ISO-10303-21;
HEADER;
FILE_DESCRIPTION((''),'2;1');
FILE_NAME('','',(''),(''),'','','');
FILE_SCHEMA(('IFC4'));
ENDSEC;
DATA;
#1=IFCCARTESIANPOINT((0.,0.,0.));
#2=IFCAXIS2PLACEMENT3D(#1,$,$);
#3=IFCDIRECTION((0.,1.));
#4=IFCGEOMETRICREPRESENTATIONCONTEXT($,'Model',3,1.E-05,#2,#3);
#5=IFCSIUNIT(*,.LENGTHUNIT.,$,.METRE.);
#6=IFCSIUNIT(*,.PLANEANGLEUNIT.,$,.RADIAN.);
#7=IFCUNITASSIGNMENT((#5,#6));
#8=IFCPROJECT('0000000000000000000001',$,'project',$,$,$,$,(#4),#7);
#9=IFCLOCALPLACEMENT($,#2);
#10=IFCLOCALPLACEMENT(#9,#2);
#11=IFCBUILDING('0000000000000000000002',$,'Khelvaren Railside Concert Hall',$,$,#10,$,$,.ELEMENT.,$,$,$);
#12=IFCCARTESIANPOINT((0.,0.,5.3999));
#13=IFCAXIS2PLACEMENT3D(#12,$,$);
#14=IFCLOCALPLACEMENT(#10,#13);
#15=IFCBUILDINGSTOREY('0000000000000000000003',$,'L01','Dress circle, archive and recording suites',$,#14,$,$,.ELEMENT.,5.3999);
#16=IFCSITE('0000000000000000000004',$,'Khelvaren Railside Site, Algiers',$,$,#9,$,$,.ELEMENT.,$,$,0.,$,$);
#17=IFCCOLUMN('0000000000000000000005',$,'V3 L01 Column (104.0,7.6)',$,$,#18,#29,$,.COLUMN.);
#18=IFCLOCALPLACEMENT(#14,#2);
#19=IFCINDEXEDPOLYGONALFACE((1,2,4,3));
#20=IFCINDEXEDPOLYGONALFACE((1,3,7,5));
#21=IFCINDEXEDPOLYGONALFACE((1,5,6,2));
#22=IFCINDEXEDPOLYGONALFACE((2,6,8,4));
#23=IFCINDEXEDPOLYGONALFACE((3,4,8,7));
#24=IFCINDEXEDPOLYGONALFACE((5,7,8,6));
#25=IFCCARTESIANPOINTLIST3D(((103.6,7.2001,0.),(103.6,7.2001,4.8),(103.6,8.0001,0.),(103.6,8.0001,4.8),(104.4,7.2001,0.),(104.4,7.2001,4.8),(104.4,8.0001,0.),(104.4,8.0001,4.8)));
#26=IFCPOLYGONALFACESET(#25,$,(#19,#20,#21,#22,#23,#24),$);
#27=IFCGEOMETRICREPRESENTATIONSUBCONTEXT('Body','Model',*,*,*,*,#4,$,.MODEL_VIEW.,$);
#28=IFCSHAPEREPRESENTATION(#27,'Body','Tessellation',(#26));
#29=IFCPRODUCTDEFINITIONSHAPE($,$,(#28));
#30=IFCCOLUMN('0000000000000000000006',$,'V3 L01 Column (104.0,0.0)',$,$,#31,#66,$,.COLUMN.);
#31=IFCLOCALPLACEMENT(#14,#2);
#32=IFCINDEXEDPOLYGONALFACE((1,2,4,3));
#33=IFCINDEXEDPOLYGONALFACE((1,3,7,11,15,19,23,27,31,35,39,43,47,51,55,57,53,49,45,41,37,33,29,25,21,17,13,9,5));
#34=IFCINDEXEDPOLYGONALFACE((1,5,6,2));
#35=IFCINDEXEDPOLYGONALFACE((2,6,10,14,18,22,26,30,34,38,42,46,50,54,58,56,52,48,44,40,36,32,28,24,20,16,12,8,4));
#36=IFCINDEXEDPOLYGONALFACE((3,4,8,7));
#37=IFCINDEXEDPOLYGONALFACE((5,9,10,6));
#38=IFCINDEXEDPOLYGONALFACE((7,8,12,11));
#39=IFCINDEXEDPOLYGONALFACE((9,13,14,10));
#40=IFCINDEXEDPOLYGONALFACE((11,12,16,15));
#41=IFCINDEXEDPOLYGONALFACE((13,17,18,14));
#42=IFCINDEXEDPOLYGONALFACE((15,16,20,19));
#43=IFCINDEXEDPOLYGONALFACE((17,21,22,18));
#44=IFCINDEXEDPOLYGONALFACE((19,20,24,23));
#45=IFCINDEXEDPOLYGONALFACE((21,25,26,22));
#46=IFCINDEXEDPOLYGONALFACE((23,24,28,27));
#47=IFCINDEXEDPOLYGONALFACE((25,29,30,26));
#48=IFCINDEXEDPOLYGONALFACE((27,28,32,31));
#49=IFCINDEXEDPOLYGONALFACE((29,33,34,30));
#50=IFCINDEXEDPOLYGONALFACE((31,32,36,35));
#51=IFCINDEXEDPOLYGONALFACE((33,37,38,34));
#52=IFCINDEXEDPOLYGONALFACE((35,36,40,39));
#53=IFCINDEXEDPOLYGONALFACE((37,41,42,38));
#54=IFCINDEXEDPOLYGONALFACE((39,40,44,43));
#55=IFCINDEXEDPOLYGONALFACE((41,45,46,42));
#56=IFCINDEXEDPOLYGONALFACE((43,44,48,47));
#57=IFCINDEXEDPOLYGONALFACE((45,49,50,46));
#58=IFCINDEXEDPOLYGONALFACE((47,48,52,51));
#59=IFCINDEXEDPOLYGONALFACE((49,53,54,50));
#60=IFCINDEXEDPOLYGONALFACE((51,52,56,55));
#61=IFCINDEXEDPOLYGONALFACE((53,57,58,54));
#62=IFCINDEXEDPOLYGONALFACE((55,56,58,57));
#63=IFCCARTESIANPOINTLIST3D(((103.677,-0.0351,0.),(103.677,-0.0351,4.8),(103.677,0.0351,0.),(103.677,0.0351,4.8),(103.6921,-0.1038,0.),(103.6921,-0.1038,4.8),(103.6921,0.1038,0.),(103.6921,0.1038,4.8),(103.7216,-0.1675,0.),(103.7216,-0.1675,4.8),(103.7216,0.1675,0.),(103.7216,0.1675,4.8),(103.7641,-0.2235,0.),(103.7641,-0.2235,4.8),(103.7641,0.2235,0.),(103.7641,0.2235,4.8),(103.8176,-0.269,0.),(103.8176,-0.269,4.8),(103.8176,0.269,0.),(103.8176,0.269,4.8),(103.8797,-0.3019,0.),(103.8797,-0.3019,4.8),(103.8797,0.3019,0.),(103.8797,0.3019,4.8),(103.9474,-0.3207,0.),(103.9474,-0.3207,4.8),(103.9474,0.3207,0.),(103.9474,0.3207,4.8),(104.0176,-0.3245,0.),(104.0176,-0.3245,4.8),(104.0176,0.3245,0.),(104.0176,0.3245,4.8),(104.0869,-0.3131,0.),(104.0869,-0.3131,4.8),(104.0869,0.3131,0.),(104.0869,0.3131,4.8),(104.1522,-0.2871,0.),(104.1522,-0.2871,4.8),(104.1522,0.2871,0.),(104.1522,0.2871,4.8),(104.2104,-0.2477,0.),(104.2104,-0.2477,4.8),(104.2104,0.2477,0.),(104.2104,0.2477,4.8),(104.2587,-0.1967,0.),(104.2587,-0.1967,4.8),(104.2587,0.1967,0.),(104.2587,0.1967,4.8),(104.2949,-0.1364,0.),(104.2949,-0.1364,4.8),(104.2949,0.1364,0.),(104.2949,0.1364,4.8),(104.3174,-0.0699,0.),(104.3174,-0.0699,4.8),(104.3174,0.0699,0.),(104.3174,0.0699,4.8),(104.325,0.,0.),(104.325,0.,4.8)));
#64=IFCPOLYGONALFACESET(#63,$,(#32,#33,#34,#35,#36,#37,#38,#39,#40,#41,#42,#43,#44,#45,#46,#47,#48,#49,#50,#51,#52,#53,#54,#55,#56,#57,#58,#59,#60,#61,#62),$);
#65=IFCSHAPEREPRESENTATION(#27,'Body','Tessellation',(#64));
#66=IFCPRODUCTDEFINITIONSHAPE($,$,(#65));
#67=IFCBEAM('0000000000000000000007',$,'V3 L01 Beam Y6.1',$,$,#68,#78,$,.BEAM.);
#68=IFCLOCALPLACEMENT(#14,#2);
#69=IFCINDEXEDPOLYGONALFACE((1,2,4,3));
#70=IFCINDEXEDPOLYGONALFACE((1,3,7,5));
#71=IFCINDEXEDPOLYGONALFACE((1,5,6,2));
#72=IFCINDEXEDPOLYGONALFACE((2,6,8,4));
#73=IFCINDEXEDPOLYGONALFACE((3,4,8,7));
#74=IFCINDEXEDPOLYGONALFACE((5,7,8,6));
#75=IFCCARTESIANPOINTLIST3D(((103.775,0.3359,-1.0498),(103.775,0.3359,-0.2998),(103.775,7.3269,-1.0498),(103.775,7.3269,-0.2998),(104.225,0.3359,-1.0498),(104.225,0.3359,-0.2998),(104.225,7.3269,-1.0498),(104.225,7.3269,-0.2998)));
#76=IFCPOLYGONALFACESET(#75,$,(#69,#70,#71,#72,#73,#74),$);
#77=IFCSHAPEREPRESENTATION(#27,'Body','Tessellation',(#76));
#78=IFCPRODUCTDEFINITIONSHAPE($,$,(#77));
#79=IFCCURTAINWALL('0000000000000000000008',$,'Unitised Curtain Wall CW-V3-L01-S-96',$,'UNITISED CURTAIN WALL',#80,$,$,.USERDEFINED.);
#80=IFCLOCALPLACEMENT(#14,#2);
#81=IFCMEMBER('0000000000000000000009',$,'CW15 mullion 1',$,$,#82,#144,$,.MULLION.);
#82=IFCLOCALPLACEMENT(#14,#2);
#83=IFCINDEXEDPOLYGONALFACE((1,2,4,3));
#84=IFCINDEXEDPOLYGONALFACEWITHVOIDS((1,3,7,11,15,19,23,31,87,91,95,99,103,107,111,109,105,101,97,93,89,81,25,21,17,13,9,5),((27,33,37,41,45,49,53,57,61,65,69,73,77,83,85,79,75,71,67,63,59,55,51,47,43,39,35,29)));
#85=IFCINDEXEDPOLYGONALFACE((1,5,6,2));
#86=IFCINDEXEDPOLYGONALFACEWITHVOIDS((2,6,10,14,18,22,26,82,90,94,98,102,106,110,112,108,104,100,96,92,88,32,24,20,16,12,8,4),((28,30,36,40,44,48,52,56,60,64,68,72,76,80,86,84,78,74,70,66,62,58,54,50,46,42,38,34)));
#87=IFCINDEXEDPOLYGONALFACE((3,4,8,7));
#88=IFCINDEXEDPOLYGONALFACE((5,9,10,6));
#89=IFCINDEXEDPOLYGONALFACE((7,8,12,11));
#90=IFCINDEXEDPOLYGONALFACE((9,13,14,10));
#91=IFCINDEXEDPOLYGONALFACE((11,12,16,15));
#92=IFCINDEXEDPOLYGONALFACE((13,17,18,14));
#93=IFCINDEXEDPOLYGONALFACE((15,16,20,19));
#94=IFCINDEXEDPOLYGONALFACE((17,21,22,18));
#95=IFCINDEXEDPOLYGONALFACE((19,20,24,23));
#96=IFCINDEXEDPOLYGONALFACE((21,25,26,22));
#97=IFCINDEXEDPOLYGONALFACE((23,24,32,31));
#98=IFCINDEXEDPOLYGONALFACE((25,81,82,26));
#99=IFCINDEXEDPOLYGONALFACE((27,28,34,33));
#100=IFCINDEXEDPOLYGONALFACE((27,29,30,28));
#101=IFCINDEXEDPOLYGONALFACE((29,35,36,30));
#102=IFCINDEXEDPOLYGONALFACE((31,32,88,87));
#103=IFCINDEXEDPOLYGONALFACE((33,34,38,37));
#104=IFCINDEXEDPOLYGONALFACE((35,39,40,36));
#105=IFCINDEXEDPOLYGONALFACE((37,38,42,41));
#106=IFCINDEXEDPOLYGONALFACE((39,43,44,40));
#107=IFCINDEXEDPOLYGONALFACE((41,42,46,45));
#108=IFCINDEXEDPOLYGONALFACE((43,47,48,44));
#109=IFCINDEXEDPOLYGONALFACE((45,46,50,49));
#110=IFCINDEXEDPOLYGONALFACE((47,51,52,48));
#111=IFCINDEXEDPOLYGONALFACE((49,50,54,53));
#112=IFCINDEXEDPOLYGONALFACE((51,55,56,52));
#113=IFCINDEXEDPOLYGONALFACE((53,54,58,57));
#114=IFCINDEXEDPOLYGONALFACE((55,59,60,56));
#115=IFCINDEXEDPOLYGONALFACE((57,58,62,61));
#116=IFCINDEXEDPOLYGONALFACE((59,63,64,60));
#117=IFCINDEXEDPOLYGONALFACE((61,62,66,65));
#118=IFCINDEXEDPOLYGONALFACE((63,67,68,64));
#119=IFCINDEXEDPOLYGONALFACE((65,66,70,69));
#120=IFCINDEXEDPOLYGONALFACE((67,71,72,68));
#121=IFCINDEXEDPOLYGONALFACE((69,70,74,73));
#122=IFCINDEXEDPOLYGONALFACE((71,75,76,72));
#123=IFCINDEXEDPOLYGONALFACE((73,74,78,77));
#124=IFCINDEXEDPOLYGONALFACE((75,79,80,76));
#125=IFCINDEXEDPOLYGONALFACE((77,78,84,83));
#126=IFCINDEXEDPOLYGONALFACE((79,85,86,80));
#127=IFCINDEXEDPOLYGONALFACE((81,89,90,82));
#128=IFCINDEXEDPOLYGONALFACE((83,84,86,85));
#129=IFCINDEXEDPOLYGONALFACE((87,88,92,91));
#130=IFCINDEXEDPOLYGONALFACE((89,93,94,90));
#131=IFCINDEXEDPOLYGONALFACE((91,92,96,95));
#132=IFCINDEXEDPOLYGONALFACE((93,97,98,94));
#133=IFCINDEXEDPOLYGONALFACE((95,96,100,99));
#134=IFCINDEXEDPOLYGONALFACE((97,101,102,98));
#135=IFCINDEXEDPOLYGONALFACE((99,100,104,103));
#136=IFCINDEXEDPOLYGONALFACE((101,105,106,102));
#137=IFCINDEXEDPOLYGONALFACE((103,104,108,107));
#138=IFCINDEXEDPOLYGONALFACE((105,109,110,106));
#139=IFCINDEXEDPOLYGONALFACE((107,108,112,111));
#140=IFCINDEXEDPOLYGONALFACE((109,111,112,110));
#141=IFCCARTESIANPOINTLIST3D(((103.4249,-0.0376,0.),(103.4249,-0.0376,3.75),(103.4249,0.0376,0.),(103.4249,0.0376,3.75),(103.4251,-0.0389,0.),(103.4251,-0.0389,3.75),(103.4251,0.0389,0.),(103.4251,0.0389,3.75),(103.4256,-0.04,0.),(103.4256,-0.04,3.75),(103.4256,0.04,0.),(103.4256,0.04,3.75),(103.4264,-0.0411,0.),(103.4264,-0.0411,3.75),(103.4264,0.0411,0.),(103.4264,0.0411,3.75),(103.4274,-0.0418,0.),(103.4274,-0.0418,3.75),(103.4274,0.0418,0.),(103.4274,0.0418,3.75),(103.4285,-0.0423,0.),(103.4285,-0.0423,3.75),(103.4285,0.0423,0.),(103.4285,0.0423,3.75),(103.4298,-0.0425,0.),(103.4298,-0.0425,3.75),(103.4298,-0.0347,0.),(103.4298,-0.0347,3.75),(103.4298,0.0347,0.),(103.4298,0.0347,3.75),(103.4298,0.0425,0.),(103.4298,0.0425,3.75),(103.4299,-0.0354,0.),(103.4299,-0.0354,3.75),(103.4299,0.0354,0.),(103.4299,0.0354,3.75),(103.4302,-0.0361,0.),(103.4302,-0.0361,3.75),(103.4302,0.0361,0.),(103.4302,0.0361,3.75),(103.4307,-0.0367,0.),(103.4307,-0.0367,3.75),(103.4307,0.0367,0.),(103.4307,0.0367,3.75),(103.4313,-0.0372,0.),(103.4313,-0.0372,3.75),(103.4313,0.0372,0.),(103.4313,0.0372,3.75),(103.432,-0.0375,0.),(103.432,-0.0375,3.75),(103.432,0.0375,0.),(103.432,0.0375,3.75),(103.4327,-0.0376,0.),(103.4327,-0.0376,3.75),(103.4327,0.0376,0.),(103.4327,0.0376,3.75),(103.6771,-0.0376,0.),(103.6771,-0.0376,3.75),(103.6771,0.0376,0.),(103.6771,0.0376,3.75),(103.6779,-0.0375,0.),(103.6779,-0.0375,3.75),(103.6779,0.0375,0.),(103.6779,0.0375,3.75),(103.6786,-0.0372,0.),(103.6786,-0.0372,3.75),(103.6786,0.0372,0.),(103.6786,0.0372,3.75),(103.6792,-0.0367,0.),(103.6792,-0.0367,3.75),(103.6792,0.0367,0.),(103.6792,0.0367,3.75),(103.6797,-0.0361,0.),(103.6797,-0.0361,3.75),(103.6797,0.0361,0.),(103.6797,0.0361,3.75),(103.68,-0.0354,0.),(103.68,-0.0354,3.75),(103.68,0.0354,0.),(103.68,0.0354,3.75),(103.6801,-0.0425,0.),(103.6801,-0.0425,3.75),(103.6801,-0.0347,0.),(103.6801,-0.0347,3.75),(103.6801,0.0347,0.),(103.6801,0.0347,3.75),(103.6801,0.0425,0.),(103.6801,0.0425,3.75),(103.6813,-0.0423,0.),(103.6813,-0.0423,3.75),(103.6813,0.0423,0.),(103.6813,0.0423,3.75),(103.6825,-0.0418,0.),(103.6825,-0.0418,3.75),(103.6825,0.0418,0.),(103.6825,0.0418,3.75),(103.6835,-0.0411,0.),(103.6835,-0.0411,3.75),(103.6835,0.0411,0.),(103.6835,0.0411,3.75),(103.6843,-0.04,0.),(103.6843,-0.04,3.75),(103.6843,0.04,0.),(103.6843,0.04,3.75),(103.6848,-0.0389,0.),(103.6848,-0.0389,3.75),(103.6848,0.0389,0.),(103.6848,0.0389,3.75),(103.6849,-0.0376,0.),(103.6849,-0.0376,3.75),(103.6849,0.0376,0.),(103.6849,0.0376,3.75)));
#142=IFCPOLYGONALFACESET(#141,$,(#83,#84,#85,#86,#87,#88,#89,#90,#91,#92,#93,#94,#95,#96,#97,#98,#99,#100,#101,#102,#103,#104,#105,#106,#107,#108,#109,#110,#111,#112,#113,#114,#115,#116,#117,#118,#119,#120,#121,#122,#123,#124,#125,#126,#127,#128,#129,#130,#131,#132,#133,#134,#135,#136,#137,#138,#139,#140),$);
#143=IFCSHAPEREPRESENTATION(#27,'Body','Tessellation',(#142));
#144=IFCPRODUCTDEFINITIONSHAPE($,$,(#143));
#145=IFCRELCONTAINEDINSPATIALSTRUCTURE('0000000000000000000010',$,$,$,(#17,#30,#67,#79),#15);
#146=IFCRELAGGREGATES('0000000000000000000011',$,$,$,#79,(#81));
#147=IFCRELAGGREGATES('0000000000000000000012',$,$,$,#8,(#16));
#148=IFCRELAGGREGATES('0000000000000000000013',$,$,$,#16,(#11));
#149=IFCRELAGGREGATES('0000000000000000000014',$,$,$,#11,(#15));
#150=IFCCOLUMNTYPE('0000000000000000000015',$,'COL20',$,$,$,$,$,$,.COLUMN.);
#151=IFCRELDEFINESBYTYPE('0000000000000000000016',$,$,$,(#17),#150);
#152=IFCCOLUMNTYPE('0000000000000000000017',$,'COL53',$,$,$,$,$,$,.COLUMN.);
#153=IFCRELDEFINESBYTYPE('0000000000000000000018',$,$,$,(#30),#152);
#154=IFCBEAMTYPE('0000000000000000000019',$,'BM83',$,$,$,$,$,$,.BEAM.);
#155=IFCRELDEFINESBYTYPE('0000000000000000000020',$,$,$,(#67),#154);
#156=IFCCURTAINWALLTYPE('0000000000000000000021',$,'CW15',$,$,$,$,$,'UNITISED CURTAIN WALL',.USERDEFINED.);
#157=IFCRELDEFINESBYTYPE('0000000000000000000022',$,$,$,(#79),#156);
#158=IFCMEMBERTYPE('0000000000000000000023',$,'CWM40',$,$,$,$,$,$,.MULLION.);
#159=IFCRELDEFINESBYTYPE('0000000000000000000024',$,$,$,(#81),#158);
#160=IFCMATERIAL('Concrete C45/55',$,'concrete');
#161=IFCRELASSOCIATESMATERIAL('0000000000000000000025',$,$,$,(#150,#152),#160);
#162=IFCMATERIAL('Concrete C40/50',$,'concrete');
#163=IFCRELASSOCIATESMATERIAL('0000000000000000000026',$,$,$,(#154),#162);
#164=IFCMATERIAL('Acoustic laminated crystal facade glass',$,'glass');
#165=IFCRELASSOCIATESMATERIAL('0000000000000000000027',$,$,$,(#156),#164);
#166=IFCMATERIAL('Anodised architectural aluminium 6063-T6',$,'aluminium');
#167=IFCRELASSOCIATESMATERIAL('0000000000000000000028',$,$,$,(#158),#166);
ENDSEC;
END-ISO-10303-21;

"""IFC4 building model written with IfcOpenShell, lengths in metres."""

from ifc_helpers import new_model, si_unit, direction, frame, origin, origin_2d, place, context, subcontext, project, spatial, rectangle, hollow_rectangle, circle, extrude, material, material_profile, profile_set, type_object, element, aggregate, save


model = new_model("IFC4")

# Units and contexts
model_context = context("Model", 3, precision=1e-05, world=origin(), true_north=direction((0.0, 1.0)))
body_context = subcontext(model_context, "Body", "Model", "MODEL_VIEW")
ifc_project = project(units=[si_unit("LENGTHUNIT", "METRE"), si_unit("PLANEANGLEUNIT", "RADIAN")], contexts=[model_context])

# Site, building, storey
site_placement = place(None, origin())
site = spatial("IfcSite", under=ifc_project, at=site_placement, Name="Khelvaren Railside Site, Algiers", CompositionType="ELEMENT", RefElevation=0.0)
building_placement = place(site_placement, origin())
building = spatial("IfcBuilding", under=site, at=building_placement, Name="Khelvaren Railside Concert Hall", CompositionType="ELEMENT")
storey_placement = place(building_placement, frame((0.0, 0.0, 5.3999)))
storey = spatial("IfcBuildingStorey", under=building, at=storey_placement, Name="L01", Description="Dress circle, archive and recording suites", CompositionType="ELEMENT", Elevation=5.3999)

# Columns
ifc_material_1 = material(Name="Concrete C45/55", Category="concrete")
ifc_material_profile_1 = material_profile(ifc_material_1, rectangle(XDim=0.8, YDim=0.8, at=origin_2d()), Name="RC 800x800")
ifc_profile_set_1 = profile_set([ifc_material_profile_1], Name="Concrete C45/55")
column_type_1 = type_object("IfcColumnType", Name="COL20", PredefinedType="COLUMN", material=ifc_profile_set_1)
column_1_placement = place(storey_placement, frame((104.0, 7.6001, 0.0), z_axis=(0.0, 0.0, 1.0), x_axis=(1.0, 0.0, 0.0)))
element("IfcColumn", 1, at=column_1_placement, inside=storey, type_object=column_type_1, Name="V3 L01 Column (104.0,7.6)", PredefinedType="COLUMN", context=body_context, shape_type="SweptSolid", body=[
    extrude(rectangle(XDim=0.8, YDim=0.8, at=origin_2d()), origin(), (0.0, 0.0, 1.0), 4.8),
])
ifc_material_profile_2 = material_profile(ifc_material_1, circle(Radius=0.325, at=origin_2d()), Name="RC D650")
ifc_profile_set_2 = profile_set([ifc_material_profile_2], Name="Concrete C45/55")
column_type_2 = type_object("IfcColumnType", Name="COL53", PredefinedType="COLUMN", material=ifc_profile_set_2)
column_2_placement = place(storey_placement, frame((104.0, 0.0, 0.0), z_axis=(0.0, 0.0, 1.0), x_axis=(1.0, 0.0, 0.0)))
element("IfcColumn", 2, at=column_2_placement, inside=storey, type_object=column_type_2, Name="V3 L01 Column (104.0,0.0)", PredefinedType="COLUMN", context=body_context, shape_type="SweptSolid", body=[
    extrude(circle(Radius=0.325, at=origin_2d()), origin(), (0.0, 0.0, 1.0), 4.8),
])

# Beam
ifc_material_2 = material(Name="Concrete C40/50", Category="concrete")
ifc_material_profile_3 = material_profile(ifc_material_2, rectangle(XDim=0.45, YDim=0.75, at=origin_2d()), Name="RCB 450x750")
ifc_profile_set_3 = profile_set([ifc_material_profile_3], Name="Concrete C40/50")
beam_type_1 = type_object("IfcBeamType", Name="BM83", PredefinedType="BEAM", material=ifc_profile_set_3)
beam_1_placement = place(storey_placement, frame((104.0, 0.3359, -0.6748), z_axis=(0.0, 1.0, 0.0), x_axis=(-1.0, 0.0, 0.0)))
element("IfcBeam", 3, at=beam_1_placement, inside=storey, type_object=beam_type_1, Name="V3 L01 Beam Y6.1", PredefinedType="BEAM", context=body_context, shape_type="SweptSolid", body=[
    extrude(rectangle(XDim=0.45, YDim=0.75, at=origin_2d()), origin(), (0.0, 0.0, 1.0), 6.991),
])

# Curtain wall, member
ifc_material_3 = material(Name="Acoustic laminated crystal facade glass", Category="glass")
curtain_wall_type_1 = type_object("IfcCurtainWallType", Name="CW15", ElementType="UNITISED CURTAIN WALL", PredefinedType="USERDEFINED", material=ifc_material_3)
curtain_wall_1_placement = place(storey_placement, origin())
curtain_wall_1 = element("IfcCurtainWall", 4, at=curtain_wall_1_placement, inside=storey, type_object=curtain_wall_type_1, Name="Unitised Curtain Wall CW-V3-L01-S-96", ObjectType="UNITISED CURTAIN WALL", PredefinedType="USERDEFINED")
ifc_material_4 = material(Name="Anodised architectural aluminium 6063-T6", Category="aluminium")
ifc_material_profile_4 = material_profile(ifc_material_4, hollow_rectangle(XDim=0.085, YDim=0.26, WallThickness=0.0049, InnerFilletRadius=0.0029, OuterFilletRadius=0.0049, at=origin_2d()), Name="CWM 85x260x5")
ifc_profile_set_4 = profile_set([ifc_material_profile_4], Name="Anodised architectural aluminium 6063-T6")
member_type_1 = type_object("IfcMemberType", Name="CWM40", PredefinedType="MULLION", material=ifc_profile_set_4)
member_1_placement = place(storey_placement, frame((103.5549, 0.0, 0.0), z_axis=(0.0, 0.0, 1.0), x_axis=(0.0, -1.0, 0.0)))
member_1 = element("IfcMember", 5, at=member_1_placement, type_object=member_type_1, Name="CW15 mullion 1", PredefinedType="MULLION", context=body_context, shape_type="SweptSolid", body=[
    extrude(hollow_rectangle(XDim=0.085, YDim=0.26, WallThickness=0.0049, InnerFilletRadius=0.0029, OuterFilletRadius=0.0049, at=origin_2d()), origin(), (0.0, 0.0, 1.0), 3.75),
])

aggregate(curtain_wall_1, [member_1])

save(model, "model.ifc")
